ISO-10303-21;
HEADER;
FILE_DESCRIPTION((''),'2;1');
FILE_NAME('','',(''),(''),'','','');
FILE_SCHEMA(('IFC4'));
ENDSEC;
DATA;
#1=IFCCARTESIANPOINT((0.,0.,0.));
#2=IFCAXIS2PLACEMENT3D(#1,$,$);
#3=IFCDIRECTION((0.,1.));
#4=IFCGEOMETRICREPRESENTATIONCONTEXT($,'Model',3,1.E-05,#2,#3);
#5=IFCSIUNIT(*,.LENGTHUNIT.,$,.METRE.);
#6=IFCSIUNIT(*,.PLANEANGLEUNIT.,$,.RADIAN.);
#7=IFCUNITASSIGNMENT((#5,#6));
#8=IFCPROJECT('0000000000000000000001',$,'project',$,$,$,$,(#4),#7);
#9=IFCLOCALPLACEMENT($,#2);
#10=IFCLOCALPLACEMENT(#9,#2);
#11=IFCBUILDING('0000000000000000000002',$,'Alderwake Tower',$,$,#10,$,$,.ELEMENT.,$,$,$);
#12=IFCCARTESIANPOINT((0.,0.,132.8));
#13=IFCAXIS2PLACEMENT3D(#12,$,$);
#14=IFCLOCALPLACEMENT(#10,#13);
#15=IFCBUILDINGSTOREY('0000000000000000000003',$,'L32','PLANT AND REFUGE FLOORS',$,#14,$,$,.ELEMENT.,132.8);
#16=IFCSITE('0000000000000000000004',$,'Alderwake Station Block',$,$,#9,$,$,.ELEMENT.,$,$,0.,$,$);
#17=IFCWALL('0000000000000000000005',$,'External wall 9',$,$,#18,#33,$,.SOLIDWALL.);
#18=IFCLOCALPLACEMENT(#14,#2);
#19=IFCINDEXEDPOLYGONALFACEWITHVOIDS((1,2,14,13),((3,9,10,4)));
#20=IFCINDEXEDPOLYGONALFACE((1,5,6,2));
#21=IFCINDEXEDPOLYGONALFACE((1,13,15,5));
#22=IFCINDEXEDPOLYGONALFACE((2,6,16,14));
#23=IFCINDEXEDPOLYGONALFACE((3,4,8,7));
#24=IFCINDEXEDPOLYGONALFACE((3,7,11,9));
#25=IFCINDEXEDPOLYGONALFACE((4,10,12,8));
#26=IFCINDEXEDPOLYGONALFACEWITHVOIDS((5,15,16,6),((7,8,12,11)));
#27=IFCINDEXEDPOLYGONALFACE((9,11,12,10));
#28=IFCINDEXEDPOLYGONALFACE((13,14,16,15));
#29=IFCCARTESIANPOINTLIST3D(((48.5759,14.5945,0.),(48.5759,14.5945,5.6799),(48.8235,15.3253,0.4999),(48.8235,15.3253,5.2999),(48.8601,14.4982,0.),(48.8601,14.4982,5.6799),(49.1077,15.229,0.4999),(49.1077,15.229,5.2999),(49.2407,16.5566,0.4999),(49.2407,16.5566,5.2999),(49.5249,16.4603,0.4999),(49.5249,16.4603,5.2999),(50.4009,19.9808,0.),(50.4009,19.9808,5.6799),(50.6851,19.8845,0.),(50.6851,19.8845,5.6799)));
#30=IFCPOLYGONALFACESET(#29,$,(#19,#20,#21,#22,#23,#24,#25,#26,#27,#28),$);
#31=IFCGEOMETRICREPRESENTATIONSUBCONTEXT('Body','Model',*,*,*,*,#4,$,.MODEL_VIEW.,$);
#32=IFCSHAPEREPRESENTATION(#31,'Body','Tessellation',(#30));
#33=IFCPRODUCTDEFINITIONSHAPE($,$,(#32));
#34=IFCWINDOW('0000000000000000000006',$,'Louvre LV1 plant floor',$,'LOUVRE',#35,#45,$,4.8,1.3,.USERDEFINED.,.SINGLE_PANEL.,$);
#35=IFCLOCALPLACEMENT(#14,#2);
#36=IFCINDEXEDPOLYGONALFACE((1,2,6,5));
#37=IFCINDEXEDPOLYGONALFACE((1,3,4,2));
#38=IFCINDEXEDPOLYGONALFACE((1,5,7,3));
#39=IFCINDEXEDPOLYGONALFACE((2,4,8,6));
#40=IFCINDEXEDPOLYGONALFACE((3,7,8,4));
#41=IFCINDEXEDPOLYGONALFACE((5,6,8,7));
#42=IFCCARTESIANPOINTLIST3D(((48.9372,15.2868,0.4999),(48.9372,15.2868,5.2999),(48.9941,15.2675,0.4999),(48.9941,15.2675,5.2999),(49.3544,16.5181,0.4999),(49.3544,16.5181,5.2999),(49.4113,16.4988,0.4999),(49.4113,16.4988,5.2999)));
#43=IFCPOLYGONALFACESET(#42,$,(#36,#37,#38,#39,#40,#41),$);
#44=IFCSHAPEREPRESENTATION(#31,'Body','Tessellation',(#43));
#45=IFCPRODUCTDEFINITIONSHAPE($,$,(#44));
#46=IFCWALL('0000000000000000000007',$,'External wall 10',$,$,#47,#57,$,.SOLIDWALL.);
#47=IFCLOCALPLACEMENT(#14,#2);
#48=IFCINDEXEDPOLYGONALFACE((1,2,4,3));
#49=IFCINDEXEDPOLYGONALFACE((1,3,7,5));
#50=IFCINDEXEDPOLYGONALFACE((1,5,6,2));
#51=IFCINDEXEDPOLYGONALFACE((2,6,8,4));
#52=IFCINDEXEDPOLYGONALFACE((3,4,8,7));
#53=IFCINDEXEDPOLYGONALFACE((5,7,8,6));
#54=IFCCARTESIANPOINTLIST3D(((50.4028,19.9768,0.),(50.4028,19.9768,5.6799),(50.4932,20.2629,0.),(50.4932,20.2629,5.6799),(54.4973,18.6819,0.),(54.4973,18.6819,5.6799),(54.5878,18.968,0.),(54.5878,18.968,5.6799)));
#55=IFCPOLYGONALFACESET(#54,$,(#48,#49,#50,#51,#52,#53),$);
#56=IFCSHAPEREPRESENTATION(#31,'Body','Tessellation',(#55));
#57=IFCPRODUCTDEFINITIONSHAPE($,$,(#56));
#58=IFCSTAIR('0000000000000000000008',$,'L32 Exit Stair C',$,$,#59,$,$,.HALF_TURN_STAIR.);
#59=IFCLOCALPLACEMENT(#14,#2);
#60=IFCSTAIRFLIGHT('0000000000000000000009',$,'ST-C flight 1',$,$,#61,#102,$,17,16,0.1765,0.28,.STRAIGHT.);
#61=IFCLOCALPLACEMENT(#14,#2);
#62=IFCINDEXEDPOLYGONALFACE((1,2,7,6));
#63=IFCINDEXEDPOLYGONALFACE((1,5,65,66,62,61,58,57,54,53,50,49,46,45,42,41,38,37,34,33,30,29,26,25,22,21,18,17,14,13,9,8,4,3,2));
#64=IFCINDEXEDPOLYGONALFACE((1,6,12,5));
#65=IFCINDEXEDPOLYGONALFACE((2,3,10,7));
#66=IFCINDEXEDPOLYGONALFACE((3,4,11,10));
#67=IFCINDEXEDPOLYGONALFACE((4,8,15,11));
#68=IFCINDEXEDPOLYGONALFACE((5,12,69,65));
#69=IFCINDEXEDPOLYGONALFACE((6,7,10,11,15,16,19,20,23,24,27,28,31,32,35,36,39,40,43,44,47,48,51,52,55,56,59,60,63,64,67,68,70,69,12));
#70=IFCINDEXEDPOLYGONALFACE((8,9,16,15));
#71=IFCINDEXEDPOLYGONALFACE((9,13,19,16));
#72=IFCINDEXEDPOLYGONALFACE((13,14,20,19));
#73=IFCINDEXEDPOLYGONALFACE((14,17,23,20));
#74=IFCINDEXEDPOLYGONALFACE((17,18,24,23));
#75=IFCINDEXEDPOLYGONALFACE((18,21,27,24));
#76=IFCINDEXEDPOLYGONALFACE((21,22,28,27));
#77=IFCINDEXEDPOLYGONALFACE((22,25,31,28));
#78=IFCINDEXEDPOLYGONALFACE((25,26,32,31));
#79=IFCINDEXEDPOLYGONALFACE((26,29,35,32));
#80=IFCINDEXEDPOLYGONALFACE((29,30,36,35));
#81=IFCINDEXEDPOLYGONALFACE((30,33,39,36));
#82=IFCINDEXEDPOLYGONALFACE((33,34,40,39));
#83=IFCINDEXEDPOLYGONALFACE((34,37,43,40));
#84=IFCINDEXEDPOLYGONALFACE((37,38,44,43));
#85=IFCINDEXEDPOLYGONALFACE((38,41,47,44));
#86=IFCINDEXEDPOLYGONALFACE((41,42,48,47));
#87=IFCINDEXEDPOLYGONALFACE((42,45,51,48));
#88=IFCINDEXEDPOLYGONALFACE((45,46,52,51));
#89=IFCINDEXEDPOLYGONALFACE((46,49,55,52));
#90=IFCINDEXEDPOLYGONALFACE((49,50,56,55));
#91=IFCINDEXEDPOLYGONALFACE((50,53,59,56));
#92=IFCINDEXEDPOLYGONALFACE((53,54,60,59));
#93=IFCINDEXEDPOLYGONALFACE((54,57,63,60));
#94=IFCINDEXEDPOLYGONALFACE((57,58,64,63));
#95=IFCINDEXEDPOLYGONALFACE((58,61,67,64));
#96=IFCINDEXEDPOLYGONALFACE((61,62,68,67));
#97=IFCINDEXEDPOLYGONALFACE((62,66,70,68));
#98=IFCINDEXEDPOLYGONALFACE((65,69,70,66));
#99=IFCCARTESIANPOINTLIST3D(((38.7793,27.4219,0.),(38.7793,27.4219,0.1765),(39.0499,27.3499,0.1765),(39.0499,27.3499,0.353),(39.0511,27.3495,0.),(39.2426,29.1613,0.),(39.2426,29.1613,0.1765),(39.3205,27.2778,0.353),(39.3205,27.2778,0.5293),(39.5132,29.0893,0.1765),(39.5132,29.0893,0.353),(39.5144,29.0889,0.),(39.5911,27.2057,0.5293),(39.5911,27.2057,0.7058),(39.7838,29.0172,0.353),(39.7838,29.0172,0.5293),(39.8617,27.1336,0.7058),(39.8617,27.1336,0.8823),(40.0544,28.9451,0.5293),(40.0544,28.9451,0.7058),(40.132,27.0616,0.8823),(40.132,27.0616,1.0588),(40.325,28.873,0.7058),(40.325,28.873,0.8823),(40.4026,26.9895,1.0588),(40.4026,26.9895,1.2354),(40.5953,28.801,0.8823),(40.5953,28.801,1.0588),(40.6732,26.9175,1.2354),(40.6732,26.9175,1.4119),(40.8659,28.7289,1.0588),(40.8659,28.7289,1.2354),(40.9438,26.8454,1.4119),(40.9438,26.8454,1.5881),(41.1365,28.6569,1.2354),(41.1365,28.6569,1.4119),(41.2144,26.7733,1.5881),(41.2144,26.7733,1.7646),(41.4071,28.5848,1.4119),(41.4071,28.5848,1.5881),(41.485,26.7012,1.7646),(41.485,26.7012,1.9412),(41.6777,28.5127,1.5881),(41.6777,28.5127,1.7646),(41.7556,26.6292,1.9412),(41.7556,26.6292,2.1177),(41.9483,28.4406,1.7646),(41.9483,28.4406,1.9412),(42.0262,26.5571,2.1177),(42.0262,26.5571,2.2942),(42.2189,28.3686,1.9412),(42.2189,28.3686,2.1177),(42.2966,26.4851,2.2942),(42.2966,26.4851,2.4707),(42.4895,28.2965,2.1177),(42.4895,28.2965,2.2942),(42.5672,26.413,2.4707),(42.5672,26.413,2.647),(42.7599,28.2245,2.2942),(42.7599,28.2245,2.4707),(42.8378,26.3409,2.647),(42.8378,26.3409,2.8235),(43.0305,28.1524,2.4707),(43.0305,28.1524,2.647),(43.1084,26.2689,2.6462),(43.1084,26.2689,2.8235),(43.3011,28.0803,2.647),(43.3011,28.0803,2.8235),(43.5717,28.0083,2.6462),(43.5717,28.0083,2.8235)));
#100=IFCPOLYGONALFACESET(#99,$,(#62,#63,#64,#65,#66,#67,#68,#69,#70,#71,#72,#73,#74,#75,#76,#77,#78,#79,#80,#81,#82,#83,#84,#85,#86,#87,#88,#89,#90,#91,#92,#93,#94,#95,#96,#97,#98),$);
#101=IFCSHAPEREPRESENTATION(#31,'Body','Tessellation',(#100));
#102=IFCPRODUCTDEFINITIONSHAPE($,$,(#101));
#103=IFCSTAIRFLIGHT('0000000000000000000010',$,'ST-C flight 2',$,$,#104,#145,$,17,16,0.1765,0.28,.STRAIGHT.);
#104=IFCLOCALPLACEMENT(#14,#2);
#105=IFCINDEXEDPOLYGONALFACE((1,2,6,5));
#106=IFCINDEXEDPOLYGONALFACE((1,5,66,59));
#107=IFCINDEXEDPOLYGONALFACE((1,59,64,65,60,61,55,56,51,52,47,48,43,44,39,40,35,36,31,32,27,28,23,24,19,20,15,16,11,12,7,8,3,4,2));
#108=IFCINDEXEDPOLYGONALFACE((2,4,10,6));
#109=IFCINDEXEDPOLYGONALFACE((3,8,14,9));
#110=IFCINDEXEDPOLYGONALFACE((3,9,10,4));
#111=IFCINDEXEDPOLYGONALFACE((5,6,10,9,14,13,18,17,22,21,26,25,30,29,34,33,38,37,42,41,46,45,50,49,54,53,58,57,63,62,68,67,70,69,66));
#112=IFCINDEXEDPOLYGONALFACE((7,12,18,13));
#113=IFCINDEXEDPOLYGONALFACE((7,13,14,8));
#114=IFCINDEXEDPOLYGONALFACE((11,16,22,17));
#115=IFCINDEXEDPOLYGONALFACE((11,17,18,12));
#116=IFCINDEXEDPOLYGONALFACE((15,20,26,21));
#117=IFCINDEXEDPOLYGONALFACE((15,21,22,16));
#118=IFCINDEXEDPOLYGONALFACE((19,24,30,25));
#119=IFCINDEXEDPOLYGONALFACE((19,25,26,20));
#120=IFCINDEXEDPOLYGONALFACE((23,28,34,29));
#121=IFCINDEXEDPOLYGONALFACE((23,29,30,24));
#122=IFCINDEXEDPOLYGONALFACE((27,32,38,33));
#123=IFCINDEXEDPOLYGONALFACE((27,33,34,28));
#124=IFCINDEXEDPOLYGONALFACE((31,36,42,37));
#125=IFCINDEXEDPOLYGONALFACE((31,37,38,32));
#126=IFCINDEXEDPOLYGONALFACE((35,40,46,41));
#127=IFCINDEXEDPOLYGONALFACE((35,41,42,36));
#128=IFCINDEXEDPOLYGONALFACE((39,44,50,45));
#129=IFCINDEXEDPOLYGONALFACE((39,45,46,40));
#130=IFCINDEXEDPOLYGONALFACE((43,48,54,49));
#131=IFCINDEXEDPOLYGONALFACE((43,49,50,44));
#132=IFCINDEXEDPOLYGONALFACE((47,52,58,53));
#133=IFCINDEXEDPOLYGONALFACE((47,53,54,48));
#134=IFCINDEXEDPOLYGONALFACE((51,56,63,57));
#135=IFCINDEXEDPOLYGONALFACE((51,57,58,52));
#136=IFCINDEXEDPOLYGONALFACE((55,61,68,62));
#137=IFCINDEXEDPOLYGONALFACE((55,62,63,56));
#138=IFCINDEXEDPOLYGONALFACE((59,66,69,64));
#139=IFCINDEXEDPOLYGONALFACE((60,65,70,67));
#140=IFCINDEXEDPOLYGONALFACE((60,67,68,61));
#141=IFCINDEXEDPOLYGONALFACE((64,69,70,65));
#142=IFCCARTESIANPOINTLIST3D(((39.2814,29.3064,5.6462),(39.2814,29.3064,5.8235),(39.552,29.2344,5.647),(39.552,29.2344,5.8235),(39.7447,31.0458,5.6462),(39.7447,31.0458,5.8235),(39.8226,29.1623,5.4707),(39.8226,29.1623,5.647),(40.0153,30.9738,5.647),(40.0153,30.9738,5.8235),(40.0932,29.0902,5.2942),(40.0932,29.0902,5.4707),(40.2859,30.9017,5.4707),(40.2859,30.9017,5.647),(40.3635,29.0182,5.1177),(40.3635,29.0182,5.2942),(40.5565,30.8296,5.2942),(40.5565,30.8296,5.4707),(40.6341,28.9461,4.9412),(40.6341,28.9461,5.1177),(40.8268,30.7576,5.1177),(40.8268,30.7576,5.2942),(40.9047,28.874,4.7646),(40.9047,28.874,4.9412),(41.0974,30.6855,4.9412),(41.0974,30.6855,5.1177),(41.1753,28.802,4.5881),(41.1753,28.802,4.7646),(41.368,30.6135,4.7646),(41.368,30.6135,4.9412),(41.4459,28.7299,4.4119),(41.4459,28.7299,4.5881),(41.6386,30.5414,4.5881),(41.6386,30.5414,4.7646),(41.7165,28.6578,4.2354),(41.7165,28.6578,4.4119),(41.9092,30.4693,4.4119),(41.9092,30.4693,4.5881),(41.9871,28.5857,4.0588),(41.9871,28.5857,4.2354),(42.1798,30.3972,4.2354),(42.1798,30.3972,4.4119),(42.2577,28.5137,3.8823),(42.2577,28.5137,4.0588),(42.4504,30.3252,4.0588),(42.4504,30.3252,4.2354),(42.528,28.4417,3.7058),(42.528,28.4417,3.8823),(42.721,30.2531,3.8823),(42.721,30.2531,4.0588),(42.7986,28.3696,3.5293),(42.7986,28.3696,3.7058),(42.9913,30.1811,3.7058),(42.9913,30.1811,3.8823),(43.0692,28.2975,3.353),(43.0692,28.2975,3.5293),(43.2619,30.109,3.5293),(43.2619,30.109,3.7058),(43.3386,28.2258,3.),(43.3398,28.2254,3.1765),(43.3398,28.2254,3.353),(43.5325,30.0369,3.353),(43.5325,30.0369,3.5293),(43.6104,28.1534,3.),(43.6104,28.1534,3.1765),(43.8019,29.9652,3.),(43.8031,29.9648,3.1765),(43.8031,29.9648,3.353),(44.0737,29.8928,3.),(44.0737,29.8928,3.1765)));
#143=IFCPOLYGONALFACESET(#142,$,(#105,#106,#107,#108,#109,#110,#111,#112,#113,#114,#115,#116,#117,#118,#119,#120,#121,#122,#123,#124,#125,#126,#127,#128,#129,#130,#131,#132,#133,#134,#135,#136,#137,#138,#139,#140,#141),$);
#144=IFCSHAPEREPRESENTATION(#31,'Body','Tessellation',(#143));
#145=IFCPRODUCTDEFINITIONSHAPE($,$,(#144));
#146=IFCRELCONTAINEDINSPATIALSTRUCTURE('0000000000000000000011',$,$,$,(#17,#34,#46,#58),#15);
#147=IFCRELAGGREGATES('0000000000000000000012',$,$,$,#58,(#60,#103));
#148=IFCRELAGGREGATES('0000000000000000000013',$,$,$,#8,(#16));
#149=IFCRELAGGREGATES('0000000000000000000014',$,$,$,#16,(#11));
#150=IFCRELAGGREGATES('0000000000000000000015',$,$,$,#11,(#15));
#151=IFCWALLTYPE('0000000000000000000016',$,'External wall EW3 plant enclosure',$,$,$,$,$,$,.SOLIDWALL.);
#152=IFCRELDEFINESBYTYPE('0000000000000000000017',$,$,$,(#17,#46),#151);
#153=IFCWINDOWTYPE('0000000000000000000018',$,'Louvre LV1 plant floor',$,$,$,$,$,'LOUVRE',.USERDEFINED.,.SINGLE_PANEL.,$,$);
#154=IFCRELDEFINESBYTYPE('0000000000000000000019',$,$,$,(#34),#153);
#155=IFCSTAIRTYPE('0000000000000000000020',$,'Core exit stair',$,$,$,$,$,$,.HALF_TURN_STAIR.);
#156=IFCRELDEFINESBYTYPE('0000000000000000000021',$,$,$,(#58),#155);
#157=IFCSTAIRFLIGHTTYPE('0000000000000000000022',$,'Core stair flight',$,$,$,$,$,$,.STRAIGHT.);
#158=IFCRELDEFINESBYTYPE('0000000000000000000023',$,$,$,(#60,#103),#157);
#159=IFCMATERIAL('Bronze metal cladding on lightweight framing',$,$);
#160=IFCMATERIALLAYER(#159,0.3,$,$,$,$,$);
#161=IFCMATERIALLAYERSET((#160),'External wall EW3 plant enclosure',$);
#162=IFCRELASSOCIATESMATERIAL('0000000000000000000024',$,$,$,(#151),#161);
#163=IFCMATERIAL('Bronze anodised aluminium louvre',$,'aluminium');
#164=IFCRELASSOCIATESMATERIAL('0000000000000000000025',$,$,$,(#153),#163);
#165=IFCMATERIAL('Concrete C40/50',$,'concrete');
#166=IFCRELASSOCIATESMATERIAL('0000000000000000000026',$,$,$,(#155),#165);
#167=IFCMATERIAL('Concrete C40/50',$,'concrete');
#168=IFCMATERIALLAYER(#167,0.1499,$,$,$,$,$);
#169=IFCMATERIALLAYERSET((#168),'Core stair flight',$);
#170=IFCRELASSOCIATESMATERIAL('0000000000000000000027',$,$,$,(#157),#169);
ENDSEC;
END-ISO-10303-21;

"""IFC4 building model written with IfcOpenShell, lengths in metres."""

from ifc_helpers import new_model, si_unit, direction, frame, frame_2d, origin, place, context, subcontext, project, spatial, polyline, rectangle, outline, extrude, material, layer, layer_set, type_object, element, fill, aggregate, save


model = new_model("IFC4")

# Units and contexts
model_context = context("Model", 3, precision=1e-05, world=origin(), true_north=direction((0.0, 1.0)))
body_context = subcontext(model_context, "Body", "Model", "MODEL_VIEW")
ifc_project = project(units=[si_unit("LENGTHUNIT", "METRE"), si_unit("PLANEANGLEUNIT", "RADIAN")], contexts=[model_context])

# Site, building, storey
site_placement = place(None, origin())
site = spatial("IfcSite", under=ifc_project, at=site_placement, Name="Alderwake Station Block", CompositionType="ELEMENT", RefElevation=0.0)
building_placement = place(site_placement, origin())
building = spatial("IfcBuilding", under=site, at=building_placement, Name="Alderwake Tower", CompositionType="ELEMENT")
storey_placement = place(building_placement, frame((0.0, 0.0, 132.8)))
storey = spatial("IfcBuildingStorey", under=building, at=storey_placement, Name="L32", Description="PLANT AND REFUGE FLOORS", CompositionType="ELEMENT", Elevation=132.8)

# Shared definitions
ifc_material_1 = material(Name="Bronze metal cladding on lightweight framing")
ifc_layer_1 = layer(ifc_material_1, 0.3)
ifc_layer_set_1 = layer_set([ifc_layer_1], Name="External wall EW3 plant enclosure")
wall_type_1 = type_object("IfcWallType", Name="External wall EW3 plant enclosure", PredefinedType="SOLIDWALL", material=ifc_layer_set_1)

# Wall, opening, window
wall_1_placement = place(storey_placement, frame((48.718, 14.5464, 0.0), z_axis=(0.0, 0.0, 1.0), x_axis=(0.320899, 0.947113, 0.0)))
wall_1 = element("IfcWall", 1, at=wall_1_placement, inside=storey, type_object=wall_type_1, Name="External wall 9", PredefinedType="SOLIDWALL", context=body_context, shape_type="SweptSolid", body=[
    extrude(rectangle(XDim=5.687, YDim=0.3, at=frame_2d((2.8435, 0.0))), origin(), (0.0, 0.0, 1.0), 5.6799),
])
opening_1_placement = place(wall_1_placement, frame((0.7717, 0.0, 0.5)))
opening_1 = element("IfcOpeningElement", 2, at=opening_1_placement, cuts=wall_1, PredefinedType="OPENING", context=body_context, shape_type="SweptSolid", body=[
    extrude(rectangle(XDim=1.3, YDim=4.8, at=frame_2d((0.6499, 2.3999))), frame((0.0, 0.1599, 0.0), z_axis=(0.0, -1.0, 0.0), x_axis=(1.0, 0.0, 0.0)), (0.0, 0.0, 1.0), 0.3201),
])
ifc_material_2 = material(Name="Bronze anodised aluminium louvre", Category="aluminium")
window_type = type_object("IfcWindowType", Name="Louvre LV1 plant floor", ElementType="LOUVRE", PartitioningType="SINGLE_PANEL", PredefinedType="USERDEFINED", material=ifc_material_2)
window_placement = place(opening_1_placement, origin())
window = element("IfcWindow", 3, at=window_placement, inside=storey, type_object=window_type, Name="Louvre LV1 plant floor", ObjectType="LOUVRE", OverallHeight=4.8, OverallWidth=1.3, PartitioningType="SINGLE_PANEL", PredefinedType="USERDEFINED", context=body_context, shape_type="SweptSolid", body=[
    extrude(rectangle(XDim=1.3, YDim=4.8, at=frame_2d((0.6499, 2.3999))), frame((0.0, 0.03, 0.0), z_axis=(0.0, -1.0, 0.0), x_axis=(1.0, 0.0, 0.0)), (0.0, 0.0, 1.0), 0.0601),
])
fill(opening_1, window)

# Wall
wall_2_placement = place(storey_placement, frame((50.448, 20.1199, 0.0), z_axis=(0.0, 0.0, 1.0), x_axis=(0.953454, -0.301539, 0.0)))
element("IfcWall", 4, at=wall_2_placement, inside=storey, type_object=wall_type_1, Name="External wall 10", PredefinedType="SOLIDWALL", context=body_context, shape_type="SweptSolid", body=[
    extrude(rectangle(XDim=4.2944, YDim=0.3, at=frame_2d((2.1472, 0.0))), origin(), (0.0, 0.0, 1.0), 5.6799),
])

# Stair, stair flights
ifc_material_3 = material(Name="Concrete C40/50", Category="concrete")
stair_type = type_object("IfcStairType", Name="Core exit stair", PredefinedType="HALF_TURN_STAIR", material=ifc_material_3)
stair_placement = place(storey_placement, origin())
stair = element("IfcStair", 5, at=stair_placement, inside=storey, type_object=stair_type, Name="L32 Exit Stair C", PredefinedType="HALF_TURN_STAIR")
ifc_material_4 = material(Name="Concrete C40/50", Category="concrete")
ifc_layer_2 = layer(ifc_material_4, 0.1499)
ifc_layer_set_2 = layer_set([ifc_layer_2], Name="Core stair flight")
stair_flight_type = type_object("IfcStairFlightType", Name="Core stair flight", PredefinedType="STRAIGHT", material=ifc_layer_set_2)
stair_flight_1_placement = place(storey_placement, frame((39.011, 28.2917, 0.0), z_axis=(0.0, 0.0, 1.0), x_axis=(0.96631, -0.257382, 0.0)))
stair_flight_1 = element("IfcStairFlight", 6, at=stair_flight_1_placement, type_object=stair_flight_type, Name="ST-C flight 1", NumberOfRisers=17, NumberOfTreads=16, PredefinedType="STRAIGHT", RiserHeight=0.1765, TreadLength=0.28, context=body_context, shape_type="SweptSolid", body=[
    extrude(outline(polyline([(0.0, 0.0), (0.0, 0.1765), (0.28, 0.1765), (0.28, 0.353), (0.5601, 0.353), (0.5601, 0.5293), (0.8401, 0.5293), (0.8401, 0.7058), (1.1201, 0.7058), (1.1201, 0.8823), (1.3999, 0.8823), (1.3999, 1.0588), (1.6799, 1.0588), (1.6799, 1.2354), (1.96, 1.2354), (1.96, 1.4119), (2.24, 1.4119), (2.24, 1.5881), (2.52, 1.5881), (2.52, 1.7646), (2.8, 1.7646), (2.8, 1.9412), (3.0801, 1.9412), (3.0801, 2.1177), (3.3601, 2.1177), (3.3601, 2.2942), (3.6399, 2.2942), (3.6399, 2.4707), (3.9199, 2.4707), (3.9199, 2.647), (4.2, 2.647), (4.2, 2.8235), (4.48, 2.8235), (4.48, 3.0), (4.48, 2.6462), (0.2812, 0.0), (0.0, 0.0)])), frame((0.0, 0.8999, 0.0), z_axis=(0.0, -1.0, 0.0), x_axis=(1.0, 0.0, 0.0)), (0.0, 0.0, 1.0), 1.8),
])
stair_flight_2_placement = place(storey_placement, frame((43.842, 29.0229, 3.0), z_axis=(0.0, 0.0, 1.0), x_axis=(-0.96631, 0.257382, 0.0)))
stair_flight_2 = element("IfcStairFlight", 7, at=stair_flight_2_placement, type_object=stair_flight_type, Name="ST-C flight 2", NumberOfRisers=17, NumberOfTreads=16, PredefinedType="STRAIGHT", RiserHeight=0.1765, TreadLength=0.28, context=body_context, shape_type="SweptSolid", body=[
    extrude(outline(polyline([(0.0, 0.0), (0.0, 0.1765), (0.28, 0.1765), (0.28, 0.353), (0.5601, 0.353), (0.5601, 0.5293), (0.8401, 0.5293), (0.8401, 0.7058), (1.1201, 0.7058), (1.1201, 0.8823), (1.3999, 0.8823), (1.3999, 1.0588), (1.6799, 1.0588), (1.6799, 1.2354), (1.96, 1.2354), (1.96, 1.4119), (2.24, 1.4119), (2.24, 1.5881), (2.52, 1.5881), (2.52, 1.7646), (2.8, 1.7646), (2.8, 1.9412), (3.0801, 1.9412), (3.0801, 2.1177), (3.3601, 2.1177), (3.3601, 2.2942), (3.6399, 2.2942), (3.6399, 2.4707), (3.9199, 2.4707), (3.9199, 2.647), (4.2, 2.647), (4.2, 2.8235), (4.48, 2.8235), (4.48, 3.0), (4.48, 2.6462), (0.2812, 0.0), (0.0, 0.0)])), frame((0.0, 0.8999, 0.0), z_axis=(0.0, -1.0, 0.0), x_axis=(1.0, 0.0, 0.0)), (0.0, 0.0, 1.0), 1.8),
])
aggregate(stair, [stair_flight_1, stair_flight_2])

save(model, "model.ifc")
